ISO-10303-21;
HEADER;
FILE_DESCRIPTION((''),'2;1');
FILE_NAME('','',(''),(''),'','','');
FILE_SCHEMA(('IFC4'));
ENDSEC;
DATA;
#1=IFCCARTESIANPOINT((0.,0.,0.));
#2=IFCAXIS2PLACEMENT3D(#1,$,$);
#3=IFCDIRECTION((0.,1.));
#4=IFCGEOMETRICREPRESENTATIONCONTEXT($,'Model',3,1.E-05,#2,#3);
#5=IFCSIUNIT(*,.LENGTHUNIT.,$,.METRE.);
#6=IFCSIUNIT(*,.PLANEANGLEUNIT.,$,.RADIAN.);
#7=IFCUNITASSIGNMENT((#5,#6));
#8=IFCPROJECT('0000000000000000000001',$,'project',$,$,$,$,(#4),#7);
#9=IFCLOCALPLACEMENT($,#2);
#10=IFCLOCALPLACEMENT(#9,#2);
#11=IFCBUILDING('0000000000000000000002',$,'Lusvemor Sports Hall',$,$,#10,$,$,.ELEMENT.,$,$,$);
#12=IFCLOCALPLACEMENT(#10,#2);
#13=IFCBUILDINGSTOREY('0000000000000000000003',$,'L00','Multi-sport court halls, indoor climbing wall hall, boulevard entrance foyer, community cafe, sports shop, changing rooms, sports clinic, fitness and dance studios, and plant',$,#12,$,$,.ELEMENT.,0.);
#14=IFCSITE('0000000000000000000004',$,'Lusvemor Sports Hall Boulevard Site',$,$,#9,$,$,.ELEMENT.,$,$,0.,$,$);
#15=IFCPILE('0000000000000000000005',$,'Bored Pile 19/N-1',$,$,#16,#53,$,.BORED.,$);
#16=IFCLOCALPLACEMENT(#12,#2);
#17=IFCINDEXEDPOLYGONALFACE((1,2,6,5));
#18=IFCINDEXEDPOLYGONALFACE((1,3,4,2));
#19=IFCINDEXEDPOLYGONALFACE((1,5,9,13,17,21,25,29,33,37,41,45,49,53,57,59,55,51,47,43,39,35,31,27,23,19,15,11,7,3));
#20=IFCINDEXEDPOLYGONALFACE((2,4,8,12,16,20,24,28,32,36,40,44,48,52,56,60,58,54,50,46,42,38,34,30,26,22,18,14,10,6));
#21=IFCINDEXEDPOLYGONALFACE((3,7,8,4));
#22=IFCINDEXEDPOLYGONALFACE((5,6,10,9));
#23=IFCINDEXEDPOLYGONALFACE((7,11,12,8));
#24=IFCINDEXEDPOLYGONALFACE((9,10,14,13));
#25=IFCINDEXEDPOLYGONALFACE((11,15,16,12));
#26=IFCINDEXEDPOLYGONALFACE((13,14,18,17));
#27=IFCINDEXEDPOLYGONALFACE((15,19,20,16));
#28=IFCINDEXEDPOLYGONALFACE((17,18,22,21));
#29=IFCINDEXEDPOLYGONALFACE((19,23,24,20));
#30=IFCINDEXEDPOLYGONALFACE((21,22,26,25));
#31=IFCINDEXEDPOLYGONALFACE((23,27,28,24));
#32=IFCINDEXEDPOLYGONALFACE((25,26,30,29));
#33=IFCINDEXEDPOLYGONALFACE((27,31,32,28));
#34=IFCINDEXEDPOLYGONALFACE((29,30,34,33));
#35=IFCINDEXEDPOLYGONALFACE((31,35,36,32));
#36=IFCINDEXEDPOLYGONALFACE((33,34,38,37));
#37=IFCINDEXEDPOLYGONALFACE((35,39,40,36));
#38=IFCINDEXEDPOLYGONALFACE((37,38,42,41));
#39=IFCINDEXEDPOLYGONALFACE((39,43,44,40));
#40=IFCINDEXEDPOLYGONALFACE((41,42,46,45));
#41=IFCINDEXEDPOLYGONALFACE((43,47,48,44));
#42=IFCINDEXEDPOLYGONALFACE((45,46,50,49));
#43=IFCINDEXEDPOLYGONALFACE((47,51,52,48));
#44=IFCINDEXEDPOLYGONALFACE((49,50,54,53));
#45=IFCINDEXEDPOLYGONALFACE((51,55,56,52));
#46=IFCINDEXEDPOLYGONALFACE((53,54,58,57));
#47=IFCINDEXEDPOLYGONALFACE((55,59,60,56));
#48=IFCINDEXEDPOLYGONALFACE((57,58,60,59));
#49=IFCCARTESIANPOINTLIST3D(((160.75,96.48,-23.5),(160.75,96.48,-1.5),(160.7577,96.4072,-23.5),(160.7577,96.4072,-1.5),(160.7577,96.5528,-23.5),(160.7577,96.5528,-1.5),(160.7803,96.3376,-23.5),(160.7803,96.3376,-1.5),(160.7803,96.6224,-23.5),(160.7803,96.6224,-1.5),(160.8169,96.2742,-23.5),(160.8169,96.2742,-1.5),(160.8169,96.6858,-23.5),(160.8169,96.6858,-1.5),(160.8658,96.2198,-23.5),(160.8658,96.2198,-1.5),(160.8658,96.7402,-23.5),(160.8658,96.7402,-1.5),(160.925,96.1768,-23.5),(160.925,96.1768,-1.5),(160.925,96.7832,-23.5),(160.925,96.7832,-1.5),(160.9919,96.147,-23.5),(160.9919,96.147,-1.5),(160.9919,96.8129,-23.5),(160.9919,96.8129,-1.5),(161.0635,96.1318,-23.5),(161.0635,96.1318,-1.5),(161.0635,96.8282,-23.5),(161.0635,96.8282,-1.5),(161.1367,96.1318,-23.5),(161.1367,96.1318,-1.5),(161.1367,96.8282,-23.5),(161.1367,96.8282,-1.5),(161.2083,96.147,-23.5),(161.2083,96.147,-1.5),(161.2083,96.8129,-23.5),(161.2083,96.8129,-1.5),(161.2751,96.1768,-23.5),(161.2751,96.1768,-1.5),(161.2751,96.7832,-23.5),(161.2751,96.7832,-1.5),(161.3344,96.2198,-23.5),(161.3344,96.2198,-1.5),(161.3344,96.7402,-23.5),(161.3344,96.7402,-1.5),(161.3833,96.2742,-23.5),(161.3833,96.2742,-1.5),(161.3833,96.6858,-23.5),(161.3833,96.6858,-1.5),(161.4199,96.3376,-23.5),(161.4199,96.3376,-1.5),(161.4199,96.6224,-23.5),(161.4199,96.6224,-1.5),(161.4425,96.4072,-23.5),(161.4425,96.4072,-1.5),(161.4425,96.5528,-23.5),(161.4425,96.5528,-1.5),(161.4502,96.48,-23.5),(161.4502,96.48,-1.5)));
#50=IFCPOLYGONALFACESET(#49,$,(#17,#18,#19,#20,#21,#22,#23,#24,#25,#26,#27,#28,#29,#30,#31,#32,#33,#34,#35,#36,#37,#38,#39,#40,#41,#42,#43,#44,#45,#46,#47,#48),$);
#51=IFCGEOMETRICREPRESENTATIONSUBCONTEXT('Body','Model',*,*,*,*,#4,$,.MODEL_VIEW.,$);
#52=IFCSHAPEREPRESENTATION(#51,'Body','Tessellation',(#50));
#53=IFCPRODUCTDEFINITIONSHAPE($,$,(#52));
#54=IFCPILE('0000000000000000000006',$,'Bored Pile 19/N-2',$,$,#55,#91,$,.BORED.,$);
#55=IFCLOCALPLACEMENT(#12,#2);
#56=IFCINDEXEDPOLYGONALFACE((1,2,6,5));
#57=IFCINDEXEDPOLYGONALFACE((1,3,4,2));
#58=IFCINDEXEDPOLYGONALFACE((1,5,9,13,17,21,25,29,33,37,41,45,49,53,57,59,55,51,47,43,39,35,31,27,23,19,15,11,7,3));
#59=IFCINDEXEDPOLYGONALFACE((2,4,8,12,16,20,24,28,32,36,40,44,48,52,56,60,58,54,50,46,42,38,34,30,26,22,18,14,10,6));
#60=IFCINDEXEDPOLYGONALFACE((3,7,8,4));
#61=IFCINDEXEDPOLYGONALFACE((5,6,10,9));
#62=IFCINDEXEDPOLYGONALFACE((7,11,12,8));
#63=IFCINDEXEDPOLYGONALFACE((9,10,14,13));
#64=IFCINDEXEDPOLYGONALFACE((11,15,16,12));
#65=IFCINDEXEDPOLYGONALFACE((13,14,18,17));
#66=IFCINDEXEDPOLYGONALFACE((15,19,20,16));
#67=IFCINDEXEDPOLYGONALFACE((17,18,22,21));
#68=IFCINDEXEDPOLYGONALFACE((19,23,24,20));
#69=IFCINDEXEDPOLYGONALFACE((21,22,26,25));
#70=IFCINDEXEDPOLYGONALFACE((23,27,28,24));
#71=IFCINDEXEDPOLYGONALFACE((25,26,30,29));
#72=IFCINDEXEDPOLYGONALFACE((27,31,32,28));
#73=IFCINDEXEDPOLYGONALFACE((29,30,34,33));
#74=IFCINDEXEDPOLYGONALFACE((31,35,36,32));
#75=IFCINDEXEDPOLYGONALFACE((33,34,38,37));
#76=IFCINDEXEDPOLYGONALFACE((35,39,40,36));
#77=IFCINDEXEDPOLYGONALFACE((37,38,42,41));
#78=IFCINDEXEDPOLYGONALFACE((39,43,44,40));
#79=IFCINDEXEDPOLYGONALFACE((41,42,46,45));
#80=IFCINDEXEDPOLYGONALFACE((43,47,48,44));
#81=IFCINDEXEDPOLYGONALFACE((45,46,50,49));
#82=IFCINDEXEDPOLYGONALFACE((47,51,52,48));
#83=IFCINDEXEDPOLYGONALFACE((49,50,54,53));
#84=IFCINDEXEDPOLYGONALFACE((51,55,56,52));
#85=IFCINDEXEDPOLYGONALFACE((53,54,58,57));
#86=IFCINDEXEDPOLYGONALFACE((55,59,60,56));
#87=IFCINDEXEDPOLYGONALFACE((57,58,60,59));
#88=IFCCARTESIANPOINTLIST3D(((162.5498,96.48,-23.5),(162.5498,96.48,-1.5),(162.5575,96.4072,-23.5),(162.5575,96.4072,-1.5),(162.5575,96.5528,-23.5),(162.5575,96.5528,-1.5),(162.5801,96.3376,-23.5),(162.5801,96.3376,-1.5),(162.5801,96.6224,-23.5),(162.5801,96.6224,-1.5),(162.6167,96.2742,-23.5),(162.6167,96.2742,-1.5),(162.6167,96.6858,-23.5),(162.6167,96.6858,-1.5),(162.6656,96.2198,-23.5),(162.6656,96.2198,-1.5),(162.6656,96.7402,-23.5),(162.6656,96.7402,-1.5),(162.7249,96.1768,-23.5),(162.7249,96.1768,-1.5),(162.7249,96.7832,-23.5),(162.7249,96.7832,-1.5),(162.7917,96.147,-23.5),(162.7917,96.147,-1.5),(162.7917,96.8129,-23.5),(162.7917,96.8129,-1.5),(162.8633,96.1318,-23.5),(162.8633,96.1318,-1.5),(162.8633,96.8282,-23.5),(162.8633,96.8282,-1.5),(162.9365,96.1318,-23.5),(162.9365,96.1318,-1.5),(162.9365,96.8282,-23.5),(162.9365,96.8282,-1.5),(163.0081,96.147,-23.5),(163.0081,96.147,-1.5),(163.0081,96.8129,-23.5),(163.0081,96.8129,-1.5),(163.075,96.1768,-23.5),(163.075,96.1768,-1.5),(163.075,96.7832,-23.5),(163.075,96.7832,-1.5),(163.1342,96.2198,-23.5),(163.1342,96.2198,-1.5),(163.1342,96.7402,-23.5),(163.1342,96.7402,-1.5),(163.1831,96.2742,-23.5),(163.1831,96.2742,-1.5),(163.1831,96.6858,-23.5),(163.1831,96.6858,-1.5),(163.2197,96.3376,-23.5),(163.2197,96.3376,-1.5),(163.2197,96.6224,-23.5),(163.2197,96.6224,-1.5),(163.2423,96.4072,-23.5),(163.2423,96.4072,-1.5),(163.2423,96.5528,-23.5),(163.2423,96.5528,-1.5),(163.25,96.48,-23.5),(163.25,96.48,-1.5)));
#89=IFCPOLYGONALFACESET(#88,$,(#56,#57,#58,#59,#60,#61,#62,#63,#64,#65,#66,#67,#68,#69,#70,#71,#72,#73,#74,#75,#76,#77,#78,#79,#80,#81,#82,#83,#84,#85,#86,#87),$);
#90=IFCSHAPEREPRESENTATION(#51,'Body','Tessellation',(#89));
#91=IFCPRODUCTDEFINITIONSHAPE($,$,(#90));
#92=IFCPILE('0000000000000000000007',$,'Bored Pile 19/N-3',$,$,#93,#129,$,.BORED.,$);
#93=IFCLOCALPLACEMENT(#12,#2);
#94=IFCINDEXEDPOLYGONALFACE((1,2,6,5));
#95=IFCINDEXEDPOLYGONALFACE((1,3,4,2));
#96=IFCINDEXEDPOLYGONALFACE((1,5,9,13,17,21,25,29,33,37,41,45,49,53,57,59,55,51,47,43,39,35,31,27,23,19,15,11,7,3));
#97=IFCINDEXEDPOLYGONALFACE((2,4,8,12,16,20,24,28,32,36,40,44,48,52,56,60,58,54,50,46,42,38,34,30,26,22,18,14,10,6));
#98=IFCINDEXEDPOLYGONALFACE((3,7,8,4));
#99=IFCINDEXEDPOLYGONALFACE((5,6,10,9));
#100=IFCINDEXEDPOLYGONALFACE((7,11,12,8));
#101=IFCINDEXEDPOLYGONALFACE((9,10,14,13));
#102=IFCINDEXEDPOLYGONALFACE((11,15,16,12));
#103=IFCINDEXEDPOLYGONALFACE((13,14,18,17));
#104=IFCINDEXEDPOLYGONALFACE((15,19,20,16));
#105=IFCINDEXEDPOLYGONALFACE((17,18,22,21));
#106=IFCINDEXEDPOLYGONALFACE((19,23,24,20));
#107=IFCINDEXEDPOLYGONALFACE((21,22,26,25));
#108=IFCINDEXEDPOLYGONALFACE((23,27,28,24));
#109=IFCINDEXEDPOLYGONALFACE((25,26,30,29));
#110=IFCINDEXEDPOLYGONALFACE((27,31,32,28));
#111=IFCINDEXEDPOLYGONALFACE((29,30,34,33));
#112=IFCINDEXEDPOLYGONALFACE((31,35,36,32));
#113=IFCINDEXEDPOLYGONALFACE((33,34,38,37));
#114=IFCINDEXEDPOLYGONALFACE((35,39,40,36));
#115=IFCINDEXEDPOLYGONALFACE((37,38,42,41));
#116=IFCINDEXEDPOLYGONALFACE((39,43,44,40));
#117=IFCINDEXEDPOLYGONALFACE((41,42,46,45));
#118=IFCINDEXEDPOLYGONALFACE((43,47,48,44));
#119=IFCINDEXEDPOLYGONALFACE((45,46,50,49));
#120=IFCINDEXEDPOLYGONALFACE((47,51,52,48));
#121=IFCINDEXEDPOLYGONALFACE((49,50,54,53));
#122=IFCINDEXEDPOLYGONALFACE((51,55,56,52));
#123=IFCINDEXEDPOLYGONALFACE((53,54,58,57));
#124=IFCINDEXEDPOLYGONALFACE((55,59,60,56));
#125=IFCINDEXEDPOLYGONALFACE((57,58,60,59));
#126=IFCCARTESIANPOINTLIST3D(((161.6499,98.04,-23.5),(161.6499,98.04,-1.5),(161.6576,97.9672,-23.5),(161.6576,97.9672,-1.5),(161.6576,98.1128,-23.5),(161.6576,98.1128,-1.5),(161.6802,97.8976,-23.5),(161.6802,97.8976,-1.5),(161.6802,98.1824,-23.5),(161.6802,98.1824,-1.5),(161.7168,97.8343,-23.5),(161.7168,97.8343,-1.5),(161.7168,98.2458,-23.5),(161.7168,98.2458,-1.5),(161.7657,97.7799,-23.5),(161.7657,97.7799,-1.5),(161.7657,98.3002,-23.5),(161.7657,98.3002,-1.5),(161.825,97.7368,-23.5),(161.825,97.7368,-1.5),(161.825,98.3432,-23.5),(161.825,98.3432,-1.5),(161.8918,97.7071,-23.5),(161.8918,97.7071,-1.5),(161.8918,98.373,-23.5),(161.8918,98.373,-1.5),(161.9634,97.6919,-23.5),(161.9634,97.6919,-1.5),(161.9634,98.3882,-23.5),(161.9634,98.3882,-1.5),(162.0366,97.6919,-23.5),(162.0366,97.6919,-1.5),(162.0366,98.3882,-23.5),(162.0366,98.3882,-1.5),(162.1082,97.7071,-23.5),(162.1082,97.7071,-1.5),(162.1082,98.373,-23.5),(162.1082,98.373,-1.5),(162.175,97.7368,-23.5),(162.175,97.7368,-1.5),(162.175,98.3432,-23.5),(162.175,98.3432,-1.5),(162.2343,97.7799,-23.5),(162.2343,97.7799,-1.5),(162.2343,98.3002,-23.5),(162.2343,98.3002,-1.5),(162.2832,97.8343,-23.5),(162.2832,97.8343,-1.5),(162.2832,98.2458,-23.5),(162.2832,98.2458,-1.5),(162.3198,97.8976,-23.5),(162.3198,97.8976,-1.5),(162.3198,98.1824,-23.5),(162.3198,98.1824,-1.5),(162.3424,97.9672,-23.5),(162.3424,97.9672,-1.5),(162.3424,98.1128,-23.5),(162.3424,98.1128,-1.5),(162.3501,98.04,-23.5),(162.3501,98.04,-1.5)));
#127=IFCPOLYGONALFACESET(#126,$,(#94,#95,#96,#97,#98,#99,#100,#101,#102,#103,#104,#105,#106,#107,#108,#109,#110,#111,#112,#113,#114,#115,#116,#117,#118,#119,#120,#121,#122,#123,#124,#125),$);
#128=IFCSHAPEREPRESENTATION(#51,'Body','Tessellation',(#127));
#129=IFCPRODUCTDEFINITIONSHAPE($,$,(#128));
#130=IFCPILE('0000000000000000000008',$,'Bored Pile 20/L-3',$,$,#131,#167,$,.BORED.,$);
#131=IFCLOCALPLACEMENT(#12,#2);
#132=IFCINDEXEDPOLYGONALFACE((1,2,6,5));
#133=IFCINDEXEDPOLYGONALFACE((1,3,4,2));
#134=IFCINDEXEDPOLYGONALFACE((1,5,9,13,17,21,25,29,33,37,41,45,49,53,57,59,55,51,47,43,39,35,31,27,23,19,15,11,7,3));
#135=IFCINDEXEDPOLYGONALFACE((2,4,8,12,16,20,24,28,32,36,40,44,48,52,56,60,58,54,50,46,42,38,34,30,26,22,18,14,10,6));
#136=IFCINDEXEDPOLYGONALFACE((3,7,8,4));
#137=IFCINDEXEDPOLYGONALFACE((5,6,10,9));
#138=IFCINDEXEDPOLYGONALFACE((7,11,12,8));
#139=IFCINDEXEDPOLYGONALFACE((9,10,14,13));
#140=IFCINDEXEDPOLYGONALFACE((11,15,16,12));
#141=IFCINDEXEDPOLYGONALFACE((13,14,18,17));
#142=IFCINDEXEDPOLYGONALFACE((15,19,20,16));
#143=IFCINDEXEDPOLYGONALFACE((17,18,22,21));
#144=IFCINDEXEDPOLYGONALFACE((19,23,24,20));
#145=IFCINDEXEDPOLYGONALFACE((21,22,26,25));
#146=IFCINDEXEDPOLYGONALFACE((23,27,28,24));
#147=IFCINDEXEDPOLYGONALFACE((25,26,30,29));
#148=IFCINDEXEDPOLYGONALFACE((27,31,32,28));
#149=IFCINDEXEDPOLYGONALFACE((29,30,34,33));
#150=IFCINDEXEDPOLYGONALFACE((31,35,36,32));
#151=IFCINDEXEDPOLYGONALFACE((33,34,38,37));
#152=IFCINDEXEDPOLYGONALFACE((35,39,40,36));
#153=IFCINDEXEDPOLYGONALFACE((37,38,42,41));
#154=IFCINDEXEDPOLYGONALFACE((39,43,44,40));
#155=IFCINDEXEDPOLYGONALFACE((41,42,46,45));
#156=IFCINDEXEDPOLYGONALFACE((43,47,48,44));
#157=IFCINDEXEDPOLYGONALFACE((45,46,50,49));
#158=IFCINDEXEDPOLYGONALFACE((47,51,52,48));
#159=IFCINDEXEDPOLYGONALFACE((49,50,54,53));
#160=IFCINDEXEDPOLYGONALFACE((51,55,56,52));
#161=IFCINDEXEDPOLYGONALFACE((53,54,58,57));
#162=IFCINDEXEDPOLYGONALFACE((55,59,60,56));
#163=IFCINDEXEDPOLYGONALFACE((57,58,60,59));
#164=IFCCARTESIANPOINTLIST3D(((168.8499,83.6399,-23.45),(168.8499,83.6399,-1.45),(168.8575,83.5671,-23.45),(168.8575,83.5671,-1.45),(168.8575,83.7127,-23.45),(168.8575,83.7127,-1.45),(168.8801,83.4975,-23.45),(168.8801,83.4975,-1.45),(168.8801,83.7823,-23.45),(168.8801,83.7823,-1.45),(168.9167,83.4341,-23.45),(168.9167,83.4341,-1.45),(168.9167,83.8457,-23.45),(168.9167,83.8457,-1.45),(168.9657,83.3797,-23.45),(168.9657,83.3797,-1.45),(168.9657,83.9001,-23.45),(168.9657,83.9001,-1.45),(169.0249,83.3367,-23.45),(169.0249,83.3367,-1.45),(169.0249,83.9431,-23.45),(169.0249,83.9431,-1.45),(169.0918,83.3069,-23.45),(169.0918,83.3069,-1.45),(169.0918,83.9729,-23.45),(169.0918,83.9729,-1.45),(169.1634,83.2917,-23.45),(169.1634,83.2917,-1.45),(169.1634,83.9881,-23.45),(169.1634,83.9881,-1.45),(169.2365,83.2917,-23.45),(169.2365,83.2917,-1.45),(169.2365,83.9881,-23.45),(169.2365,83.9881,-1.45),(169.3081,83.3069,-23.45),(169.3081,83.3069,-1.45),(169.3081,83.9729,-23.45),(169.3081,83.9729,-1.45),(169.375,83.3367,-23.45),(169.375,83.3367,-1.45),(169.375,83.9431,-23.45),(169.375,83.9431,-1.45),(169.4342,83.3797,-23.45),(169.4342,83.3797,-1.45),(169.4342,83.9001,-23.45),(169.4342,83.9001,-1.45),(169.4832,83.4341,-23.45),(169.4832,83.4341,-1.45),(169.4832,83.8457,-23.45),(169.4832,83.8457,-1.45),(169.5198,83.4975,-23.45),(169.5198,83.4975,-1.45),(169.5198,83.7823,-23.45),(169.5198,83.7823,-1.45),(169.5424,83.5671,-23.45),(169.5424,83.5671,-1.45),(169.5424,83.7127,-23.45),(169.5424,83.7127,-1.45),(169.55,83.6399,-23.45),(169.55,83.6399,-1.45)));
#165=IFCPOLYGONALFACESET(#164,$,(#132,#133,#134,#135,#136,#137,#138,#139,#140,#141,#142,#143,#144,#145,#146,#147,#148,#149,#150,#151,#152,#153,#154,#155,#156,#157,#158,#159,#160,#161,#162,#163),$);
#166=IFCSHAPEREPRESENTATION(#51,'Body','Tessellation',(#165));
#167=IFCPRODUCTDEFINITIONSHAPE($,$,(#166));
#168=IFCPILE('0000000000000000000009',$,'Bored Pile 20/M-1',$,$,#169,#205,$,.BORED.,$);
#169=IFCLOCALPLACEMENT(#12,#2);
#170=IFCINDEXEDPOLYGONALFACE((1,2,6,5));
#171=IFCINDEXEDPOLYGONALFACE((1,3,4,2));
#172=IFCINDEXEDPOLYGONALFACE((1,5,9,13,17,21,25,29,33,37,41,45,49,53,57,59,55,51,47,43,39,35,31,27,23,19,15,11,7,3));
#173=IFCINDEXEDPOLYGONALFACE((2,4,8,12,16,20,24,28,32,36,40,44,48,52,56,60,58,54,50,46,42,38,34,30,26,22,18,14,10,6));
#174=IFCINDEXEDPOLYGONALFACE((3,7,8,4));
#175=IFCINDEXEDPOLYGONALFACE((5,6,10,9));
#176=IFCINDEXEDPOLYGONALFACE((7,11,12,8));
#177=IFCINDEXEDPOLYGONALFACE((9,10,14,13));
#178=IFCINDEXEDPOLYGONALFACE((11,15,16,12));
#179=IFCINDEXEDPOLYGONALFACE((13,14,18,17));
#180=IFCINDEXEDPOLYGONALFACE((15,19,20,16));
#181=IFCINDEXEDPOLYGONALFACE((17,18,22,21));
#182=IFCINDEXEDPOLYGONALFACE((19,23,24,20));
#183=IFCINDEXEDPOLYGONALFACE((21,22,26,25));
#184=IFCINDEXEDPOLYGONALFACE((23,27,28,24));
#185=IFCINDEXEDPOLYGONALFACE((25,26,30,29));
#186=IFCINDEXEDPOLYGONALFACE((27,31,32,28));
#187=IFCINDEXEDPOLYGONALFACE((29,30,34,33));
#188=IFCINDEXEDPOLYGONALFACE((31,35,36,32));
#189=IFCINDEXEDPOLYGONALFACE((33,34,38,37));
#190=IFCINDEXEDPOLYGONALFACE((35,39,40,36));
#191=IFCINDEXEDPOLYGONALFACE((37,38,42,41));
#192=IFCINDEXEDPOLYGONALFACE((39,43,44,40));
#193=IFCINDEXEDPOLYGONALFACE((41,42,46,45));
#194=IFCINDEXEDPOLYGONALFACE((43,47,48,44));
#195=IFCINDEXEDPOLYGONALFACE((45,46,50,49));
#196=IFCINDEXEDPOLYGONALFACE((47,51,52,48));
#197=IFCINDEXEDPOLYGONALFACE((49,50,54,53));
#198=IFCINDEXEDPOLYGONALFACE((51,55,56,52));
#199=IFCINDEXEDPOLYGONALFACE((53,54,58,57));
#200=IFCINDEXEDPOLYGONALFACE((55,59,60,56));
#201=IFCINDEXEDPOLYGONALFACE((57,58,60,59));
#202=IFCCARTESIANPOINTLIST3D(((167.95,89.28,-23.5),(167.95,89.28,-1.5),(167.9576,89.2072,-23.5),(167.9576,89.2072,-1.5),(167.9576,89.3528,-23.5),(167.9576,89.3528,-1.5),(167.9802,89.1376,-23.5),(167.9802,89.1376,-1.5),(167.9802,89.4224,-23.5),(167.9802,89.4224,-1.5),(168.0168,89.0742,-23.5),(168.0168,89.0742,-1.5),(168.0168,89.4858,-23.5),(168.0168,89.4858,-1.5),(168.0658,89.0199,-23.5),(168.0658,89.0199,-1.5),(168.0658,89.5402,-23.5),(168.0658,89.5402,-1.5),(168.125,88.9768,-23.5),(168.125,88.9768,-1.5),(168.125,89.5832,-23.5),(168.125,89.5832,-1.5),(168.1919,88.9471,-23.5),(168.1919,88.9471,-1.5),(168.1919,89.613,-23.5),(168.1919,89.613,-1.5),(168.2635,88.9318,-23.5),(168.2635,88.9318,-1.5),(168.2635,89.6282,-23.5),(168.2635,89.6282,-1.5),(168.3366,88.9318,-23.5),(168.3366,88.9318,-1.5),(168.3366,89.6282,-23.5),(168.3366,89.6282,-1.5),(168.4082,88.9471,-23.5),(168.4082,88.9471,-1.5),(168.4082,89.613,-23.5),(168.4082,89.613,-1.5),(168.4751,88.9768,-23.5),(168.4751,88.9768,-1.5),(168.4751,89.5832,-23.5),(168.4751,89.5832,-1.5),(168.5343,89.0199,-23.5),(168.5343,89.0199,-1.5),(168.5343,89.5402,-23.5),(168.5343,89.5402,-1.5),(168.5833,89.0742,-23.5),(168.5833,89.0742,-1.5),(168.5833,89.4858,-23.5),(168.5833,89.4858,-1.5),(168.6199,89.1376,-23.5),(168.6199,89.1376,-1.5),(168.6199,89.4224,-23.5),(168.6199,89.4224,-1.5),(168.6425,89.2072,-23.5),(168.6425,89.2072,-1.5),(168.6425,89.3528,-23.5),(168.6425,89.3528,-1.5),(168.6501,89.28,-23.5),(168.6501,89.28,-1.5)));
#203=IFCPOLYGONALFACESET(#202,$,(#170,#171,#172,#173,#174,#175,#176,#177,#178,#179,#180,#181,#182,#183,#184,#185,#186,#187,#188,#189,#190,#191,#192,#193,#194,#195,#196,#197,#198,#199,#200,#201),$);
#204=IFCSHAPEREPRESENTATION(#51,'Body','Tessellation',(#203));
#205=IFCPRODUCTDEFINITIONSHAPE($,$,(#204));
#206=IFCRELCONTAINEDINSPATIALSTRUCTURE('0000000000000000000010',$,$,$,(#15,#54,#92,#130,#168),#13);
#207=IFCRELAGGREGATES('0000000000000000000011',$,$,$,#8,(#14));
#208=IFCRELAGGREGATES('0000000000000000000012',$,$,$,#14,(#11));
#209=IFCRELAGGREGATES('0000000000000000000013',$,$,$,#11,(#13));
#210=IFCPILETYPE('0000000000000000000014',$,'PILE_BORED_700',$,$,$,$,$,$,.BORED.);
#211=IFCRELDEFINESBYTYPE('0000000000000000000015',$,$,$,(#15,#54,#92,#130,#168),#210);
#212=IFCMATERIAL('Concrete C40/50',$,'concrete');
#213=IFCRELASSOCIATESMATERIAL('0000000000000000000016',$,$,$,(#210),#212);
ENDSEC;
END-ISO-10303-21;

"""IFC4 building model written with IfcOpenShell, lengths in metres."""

from ifc_helpers import new_model, si_unit, direction, frame, origin, origin_2d, place, context, subcontext, project, spatial, circle, extrude, material, material_profile, profile_set, type_object, element, save


model = new_model("IFC4")

# Units and contexts
model_context = context("Model", 3, precision=1e-05, world=origin(), true_north=direction((0.0, 1.0)))
body_context = subcontext(model_context, "Body", "Model", "MODEL_VIEW")
ifc_project = project(units=[si_unit("LENGTHUNIT", "METRE"), si_unit("PLANEANGLEUNIT", "RADIAN")], contexts=[model_context])

# Site, building, storey
site_placement = place(None, origin())
site = spatial("IfcSite", under=ifc_project, at=site_placement, Name="Lusvemor Sports Hall Boulevard Site", CompositionType="ELEMENT", RefElevation=0.0)
building_placement = place(site_placement, origin())
building = spatial("IfcBuilding", under=site, at=building_placement, Name="Lusvemor Sports Hall", CompositionType="ELEMENT")
storey_placement = place(building_placement, origin())
storey = spatial("IfcBuildingStorey", under=building, at=storey_placement, Name="L00", Description="Multi-sport court halls, indoor climbing wall hall, boulevard entrance foyer, community cafe, sports shop, changing rooms, sports clinic, fitness and dance studios, and plant", CompositionType="ELEMENT", Elevation=0.0)

# Piles
ifc_material_1 = material(Name="Concrete C40/50", Category="concrete")
ifc_material_profile_1 = material_profile(ifc_material_1, circle(Radius=0.3501, at=origin_2d()), Name="PILE700")
ifc_profile_set_1 = profile_set([ifc_material_profile_1], Name="Concrete C40/50")
pile_type = type_object("IfcPileType", Name="PILE_BORED_700", PredefinedType="BORED", material=ifc_profile_set_1)
for number, where, z_axis, x_axis, name in (
    (1, (161.1001, 96.48, -1.5), (0.0, 0.0, -1.0), (1.0, 0.0, 0.0), "Bored Pile 19/N-1"),
    (2, (162.8999, 96.48, -1.5), (0.0, 0.0, -1.0), (1.0, 0.0, 0.0), "Bored Pile 19/N-2"),
    (3, (162.0, 98.04, -1.5), (0.0, 0.0, -1.0), (1.0, 0.0, 0.0), "Bored Pile 19/N-3"),
    (4, (169.2, 83.6399, -1.45), (0.0, 0.0, -1.0), (1.0, 0.0, 0.0), "Bored Pile 20/L-3"),
    (5, (168.3, 89.28, -1.5), (0.0, 0.0, -1.0), (1.0, 0.0, 0.0), "Bored Pile 20/M-1"),
):
    element("IfcPile", number, at=place(storey_placement, frame(where, z_axis=z_axis, x_axis=x_axis)), inside=storey, type_object=pile_type, Name=name, PredefinedType="BORED", context=body_context, shape_type="SweptSolid", body=[
        extrude(circle(Radius=0.3501, at=origin_2d()), origin(), (0.0, 0.0, 1.0), 22.0),
    ])

save(model, "model.ifc")
